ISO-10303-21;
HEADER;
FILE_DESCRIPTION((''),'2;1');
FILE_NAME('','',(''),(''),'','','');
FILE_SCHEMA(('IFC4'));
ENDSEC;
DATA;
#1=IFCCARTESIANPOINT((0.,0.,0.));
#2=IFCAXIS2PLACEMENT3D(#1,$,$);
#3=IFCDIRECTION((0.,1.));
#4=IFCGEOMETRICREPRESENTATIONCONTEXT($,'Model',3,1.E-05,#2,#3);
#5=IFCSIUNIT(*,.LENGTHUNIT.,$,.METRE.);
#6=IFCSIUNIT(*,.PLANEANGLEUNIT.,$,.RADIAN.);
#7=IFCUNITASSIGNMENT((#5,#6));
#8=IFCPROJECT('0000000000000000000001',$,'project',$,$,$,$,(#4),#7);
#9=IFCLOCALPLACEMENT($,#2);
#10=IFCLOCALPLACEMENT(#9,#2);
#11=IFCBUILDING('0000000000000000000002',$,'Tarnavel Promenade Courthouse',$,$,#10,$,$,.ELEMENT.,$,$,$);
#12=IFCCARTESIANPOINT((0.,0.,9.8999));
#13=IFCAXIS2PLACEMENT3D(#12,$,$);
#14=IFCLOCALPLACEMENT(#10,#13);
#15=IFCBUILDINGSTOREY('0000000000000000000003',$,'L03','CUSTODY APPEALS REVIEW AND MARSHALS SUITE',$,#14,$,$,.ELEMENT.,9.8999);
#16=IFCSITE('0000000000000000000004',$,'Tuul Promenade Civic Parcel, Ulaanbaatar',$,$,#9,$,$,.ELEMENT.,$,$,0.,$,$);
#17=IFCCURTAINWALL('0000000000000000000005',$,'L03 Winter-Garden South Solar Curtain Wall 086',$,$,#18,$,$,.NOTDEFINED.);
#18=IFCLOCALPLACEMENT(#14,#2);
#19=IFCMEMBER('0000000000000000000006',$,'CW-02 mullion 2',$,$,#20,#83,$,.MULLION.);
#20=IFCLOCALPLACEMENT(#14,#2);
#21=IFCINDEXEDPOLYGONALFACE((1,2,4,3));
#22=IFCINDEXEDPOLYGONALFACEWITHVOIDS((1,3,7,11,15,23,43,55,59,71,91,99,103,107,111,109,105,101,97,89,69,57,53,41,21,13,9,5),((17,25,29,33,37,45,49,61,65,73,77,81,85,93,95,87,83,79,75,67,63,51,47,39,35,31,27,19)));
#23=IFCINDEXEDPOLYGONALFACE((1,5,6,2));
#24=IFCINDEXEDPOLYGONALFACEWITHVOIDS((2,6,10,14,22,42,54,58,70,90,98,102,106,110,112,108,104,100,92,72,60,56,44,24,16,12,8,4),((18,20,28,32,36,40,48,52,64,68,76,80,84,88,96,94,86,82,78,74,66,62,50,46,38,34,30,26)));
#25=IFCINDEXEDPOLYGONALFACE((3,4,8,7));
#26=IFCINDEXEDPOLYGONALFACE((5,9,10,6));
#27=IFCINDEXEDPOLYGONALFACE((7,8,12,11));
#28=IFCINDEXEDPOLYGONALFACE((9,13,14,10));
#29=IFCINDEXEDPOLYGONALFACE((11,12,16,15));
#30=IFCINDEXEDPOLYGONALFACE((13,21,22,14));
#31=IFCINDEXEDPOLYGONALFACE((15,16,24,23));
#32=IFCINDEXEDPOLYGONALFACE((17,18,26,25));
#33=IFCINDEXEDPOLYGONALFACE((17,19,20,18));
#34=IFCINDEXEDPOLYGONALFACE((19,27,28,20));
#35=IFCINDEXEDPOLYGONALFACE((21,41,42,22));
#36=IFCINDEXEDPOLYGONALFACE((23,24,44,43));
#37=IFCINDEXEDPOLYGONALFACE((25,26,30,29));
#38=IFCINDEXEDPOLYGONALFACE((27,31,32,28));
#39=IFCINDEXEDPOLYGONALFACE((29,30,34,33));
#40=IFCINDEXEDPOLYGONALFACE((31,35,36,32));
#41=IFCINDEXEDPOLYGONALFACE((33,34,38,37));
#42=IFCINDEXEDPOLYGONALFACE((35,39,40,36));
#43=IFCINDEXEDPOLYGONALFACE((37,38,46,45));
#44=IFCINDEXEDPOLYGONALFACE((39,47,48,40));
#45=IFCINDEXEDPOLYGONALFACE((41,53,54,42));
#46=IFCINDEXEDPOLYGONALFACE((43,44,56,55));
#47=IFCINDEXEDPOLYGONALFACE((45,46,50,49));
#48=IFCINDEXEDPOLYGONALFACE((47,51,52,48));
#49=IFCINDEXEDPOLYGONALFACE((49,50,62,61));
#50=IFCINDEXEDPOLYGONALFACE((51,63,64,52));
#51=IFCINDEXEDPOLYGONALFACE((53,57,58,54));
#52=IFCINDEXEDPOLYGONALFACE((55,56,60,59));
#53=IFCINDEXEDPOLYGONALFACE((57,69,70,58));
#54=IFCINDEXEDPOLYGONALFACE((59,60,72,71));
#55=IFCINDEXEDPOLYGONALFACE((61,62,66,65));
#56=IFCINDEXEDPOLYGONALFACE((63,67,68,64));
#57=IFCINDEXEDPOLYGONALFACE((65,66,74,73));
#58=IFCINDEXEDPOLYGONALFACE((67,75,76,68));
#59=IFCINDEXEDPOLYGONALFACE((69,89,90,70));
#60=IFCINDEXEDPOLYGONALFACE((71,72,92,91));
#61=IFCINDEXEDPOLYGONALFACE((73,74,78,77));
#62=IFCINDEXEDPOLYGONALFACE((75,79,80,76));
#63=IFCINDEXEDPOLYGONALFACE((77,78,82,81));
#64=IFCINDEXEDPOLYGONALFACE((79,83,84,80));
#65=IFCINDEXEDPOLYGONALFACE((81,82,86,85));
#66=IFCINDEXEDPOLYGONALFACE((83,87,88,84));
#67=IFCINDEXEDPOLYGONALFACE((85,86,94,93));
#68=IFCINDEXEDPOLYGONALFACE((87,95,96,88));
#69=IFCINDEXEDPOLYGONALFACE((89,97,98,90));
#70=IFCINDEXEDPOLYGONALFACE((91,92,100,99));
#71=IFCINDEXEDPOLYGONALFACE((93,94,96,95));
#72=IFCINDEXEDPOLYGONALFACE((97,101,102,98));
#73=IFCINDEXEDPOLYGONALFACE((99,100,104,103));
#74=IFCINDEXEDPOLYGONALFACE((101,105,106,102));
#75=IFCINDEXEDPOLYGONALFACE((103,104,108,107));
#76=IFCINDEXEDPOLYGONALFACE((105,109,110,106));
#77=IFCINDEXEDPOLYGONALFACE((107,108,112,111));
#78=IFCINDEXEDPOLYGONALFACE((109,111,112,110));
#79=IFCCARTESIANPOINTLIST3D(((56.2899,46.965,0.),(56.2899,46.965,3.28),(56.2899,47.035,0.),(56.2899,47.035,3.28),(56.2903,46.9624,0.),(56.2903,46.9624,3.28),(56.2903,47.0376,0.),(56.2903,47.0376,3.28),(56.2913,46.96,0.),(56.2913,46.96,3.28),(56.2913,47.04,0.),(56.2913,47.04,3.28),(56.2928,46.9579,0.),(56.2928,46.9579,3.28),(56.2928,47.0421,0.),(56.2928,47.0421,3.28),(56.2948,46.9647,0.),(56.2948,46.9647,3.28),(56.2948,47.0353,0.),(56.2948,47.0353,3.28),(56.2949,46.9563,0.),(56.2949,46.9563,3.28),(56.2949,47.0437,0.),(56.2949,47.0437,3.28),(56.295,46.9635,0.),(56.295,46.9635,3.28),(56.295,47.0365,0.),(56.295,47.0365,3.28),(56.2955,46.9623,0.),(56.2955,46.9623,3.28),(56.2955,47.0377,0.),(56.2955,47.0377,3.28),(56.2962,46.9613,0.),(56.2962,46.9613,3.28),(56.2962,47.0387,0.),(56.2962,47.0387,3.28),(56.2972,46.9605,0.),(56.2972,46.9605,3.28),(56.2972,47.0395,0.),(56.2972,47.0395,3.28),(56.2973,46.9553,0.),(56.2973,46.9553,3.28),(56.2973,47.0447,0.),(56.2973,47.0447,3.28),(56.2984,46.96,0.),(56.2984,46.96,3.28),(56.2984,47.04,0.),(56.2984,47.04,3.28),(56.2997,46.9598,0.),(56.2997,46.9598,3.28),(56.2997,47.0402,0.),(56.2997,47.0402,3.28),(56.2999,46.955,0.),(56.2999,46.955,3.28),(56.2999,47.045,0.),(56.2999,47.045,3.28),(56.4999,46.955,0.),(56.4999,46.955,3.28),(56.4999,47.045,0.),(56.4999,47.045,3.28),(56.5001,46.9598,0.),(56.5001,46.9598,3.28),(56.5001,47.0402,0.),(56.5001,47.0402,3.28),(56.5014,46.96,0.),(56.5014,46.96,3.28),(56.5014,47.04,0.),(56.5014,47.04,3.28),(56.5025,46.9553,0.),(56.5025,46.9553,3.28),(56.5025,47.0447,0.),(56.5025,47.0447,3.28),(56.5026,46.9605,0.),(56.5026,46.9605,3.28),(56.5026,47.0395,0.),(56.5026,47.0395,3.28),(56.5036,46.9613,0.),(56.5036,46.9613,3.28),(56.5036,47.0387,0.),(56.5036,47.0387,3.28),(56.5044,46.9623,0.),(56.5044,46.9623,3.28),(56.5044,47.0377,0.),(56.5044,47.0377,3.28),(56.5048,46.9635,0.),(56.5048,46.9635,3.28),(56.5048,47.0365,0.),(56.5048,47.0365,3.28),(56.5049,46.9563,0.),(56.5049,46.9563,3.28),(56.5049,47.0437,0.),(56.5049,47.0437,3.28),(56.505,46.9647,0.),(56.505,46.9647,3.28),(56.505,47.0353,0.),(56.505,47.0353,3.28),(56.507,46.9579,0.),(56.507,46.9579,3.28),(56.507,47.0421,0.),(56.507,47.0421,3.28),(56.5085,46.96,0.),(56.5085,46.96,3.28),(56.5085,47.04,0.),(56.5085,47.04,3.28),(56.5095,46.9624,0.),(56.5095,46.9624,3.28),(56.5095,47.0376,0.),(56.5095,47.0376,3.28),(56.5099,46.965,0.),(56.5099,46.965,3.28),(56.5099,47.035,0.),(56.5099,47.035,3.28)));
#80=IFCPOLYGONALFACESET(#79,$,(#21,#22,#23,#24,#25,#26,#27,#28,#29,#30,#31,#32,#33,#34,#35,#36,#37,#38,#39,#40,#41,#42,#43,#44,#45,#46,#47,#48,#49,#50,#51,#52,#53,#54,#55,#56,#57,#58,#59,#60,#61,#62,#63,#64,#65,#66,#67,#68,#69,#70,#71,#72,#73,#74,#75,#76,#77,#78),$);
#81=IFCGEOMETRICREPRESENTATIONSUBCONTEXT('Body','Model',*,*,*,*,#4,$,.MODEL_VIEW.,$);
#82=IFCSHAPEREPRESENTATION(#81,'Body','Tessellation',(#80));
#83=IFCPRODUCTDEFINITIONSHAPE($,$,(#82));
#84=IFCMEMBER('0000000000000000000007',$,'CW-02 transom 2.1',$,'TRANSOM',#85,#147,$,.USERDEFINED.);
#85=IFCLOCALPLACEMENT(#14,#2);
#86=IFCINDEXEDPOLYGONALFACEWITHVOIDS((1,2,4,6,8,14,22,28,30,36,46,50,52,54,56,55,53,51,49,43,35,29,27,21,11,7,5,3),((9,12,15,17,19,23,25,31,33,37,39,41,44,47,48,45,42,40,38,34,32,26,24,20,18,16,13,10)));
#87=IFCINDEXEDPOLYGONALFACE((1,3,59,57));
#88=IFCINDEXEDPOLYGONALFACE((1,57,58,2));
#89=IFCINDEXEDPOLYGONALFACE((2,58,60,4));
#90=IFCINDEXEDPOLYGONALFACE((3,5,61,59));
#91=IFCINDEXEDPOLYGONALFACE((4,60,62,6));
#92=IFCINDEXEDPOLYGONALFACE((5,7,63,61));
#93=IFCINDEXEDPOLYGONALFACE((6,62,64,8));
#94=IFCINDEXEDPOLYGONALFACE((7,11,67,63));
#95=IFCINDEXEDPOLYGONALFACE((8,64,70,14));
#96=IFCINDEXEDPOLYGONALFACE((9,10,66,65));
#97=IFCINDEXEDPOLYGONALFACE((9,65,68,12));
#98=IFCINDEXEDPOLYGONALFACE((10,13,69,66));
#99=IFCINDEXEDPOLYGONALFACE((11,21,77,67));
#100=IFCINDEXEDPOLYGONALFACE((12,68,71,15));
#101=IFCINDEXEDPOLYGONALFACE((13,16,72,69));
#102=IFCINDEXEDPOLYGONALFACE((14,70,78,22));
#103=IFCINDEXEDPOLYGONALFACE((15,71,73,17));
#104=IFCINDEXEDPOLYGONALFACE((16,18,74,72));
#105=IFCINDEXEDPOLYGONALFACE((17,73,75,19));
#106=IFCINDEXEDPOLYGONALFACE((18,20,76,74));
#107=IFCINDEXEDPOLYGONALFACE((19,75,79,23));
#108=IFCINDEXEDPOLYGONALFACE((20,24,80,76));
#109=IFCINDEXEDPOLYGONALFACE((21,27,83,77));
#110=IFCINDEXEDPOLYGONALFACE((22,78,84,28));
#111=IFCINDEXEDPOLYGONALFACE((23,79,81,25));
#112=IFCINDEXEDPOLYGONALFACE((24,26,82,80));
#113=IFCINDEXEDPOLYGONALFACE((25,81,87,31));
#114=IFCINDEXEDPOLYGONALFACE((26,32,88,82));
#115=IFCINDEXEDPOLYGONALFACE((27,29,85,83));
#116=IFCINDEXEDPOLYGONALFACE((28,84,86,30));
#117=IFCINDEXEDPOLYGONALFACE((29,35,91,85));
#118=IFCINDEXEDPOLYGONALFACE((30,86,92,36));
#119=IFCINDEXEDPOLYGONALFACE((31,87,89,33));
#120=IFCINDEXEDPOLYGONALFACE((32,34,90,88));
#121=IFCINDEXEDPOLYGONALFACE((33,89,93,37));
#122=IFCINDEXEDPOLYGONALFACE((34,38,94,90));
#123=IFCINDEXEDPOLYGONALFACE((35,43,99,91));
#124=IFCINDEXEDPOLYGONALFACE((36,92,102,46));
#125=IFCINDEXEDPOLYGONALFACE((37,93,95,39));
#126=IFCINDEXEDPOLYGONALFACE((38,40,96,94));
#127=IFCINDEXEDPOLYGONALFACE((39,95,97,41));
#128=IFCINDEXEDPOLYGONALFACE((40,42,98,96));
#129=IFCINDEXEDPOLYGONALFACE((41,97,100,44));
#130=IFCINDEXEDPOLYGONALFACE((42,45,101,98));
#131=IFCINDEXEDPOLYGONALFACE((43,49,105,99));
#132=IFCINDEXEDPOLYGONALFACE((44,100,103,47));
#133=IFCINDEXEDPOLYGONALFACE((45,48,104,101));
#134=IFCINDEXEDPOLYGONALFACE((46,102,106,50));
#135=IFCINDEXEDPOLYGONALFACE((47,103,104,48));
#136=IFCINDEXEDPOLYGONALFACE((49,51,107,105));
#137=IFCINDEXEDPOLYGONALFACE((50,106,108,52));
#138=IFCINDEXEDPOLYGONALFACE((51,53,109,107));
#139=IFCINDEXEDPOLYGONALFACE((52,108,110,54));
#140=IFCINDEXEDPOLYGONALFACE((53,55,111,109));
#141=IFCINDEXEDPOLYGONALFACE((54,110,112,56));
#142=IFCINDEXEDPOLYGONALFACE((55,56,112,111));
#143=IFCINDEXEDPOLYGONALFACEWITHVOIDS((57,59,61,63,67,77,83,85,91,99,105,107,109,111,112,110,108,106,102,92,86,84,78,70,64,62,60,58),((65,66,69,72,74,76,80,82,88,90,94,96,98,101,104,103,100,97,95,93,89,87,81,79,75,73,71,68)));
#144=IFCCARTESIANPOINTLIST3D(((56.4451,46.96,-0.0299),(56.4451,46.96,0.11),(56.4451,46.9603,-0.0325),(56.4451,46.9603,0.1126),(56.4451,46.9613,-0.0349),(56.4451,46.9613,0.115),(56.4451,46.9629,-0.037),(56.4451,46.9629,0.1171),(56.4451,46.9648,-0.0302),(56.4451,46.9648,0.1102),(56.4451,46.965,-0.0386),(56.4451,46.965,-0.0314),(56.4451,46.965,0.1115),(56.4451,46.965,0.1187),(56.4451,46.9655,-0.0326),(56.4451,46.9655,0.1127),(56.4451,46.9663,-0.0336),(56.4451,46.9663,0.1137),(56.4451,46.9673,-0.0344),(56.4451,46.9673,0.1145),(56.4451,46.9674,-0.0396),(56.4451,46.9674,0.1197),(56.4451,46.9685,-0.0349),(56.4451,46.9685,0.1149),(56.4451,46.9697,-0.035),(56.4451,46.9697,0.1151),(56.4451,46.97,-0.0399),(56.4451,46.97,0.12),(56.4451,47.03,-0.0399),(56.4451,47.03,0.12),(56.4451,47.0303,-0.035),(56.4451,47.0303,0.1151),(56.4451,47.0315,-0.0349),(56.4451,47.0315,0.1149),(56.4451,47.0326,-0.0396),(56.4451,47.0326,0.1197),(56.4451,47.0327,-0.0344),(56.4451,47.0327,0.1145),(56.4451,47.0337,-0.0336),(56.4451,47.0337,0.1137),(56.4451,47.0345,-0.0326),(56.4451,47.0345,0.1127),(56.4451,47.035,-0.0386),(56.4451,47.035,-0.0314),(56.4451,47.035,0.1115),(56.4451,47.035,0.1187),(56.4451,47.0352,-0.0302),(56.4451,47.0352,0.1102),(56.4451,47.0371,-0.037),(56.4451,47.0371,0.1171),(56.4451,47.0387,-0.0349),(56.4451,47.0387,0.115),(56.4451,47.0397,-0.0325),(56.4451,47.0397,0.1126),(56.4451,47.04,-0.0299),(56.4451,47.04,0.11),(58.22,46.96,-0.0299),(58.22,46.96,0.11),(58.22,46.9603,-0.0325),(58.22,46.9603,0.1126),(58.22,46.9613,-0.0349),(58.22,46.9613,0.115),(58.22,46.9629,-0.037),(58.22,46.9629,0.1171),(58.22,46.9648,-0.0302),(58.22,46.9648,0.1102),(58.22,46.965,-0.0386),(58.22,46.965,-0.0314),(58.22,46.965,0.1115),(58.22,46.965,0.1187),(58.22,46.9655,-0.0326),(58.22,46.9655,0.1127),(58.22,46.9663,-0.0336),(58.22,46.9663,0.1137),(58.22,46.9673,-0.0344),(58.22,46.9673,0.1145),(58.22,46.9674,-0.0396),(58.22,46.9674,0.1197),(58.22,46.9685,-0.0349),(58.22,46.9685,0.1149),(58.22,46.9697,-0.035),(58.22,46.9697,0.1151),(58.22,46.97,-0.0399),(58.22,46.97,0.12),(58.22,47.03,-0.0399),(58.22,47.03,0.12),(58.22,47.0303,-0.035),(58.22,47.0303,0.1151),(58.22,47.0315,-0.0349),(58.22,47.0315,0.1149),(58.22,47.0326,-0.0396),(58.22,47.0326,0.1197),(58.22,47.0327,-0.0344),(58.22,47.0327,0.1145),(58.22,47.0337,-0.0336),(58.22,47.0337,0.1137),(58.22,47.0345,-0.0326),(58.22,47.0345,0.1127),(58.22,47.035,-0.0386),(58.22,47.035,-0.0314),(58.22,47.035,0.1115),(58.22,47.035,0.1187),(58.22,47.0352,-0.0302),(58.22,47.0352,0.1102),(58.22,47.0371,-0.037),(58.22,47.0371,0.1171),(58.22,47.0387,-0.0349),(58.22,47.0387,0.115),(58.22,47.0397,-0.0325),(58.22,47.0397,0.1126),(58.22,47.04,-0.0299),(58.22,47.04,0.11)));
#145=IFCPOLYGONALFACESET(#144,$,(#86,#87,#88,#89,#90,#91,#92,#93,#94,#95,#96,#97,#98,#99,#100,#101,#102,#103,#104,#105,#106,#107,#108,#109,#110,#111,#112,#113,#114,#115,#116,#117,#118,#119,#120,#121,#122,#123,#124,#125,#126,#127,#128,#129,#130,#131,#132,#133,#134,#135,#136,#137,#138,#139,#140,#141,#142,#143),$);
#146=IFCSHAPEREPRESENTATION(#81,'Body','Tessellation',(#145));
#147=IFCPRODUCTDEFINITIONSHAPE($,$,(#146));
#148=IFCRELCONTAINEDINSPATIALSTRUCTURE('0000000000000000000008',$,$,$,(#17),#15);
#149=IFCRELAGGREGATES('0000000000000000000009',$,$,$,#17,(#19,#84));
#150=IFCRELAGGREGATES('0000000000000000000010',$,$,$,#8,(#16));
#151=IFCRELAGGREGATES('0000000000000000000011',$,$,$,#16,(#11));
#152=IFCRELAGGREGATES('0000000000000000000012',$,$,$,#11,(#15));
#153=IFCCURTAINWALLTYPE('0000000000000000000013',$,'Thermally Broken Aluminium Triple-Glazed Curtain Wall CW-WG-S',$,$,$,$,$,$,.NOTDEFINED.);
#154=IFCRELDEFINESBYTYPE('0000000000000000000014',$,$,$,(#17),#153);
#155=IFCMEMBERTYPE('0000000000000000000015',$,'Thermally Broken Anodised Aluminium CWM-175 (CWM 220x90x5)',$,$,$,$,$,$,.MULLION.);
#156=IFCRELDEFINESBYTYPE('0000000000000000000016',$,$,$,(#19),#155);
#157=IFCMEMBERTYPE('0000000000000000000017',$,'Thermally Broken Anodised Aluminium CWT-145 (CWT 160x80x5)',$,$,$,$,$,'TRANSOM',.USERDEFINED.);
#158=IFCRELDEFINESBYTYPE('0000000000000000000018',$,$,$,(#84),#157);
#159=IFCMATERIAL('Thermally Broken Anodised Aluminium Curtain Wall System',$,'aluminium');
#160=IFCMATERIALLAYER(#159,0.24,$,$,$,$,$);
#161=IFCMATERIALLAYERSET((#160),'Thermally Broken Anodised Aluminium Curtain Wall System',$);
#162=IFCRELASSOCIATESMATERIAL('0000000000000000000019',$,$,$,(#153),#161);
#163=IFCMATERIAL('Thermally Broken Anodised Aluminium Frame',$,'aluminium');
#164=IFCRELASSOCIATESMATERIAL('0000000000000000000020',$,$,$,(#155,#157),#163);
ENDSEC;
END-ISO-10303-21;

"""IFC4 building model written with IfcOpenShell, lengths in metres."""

from ifc_helpers import new_model, si_unit, direction, frame, origin, origin_2d, place, context, subcontext, project, spatial, hollow_rectangle, extrude, material, layer, layer_set, material_profile, profile_set, type_object, element, aggregate, save


model = new_model("IFC4")

# Units and contexts
model_context = context("Model", 3, precision=1e-05, world=origin(), true_north=direction((0.0, 1.0)))
body_context = subcontext(model_context, "Body", "Model", "MODEL_VIEW")
ifc_project = project(units=[si_unit("LENGTHUNIT", "METRE"), si_unit("PLANEANGLEUNIT", "RADIAN")], contexts=[model_context])

# Site, building, storey
site_placement = place(None, origin())
site = spatial("IfcSite", under=ifc_project, at=site_placement, Name="Tuul Promenade Civic Parcel, Ulaanbaatar", CompositionType="ELEMENT", RefElevation=0.0)
building_placement = place(site_placement, origin())
building = spatial("IfcBuilding", under=site, at=building_placement, Name="Tarnavel Promenade Courthouse", CompositionType="ELEMENT")
storey_placement = place(building_placement, frame((0.0, 0.0, 9.8999)))
storey = spatial("IfcBuildingStorey", under=building, at=storey_placement, Name="L03", Description="CUSTODY APPEALS REVIEW AND MARSHALS SUITE", CompositionType="ELEMENT", Elevation=9.8999)

# Curtain wall, members
ifc_material_1 = material(Name="Thermally Broken Anodised Aluminium Curtain Wall System", Category="aluminium")
ifc_layer_1 = layer(ifc_material_1, 0.24)
ifc_layer_set_1 = layer_set([ifc_layer_1], Name="Thermally Broken Anodised Aluminium Curtain Wall System")
curtain_wall_type = type_object("IfcCurtainWallType", Name="Thermally Broken Aluminium Triple-Glazed Curtain Wall CW-WG-S", PredefinedType="NOTDEFINED", material=ifc_layer_set_1)
curtain_wall_placement = place(storey_placement, origin())
curtain_wall = element("IfcCurtainWall", 1, at=curtain_wall_placement, inside=storey, type_object=curtain_wall_type, Name="L03 Winter-Garden South Solar Curtain Wall 086", PredefinedType="NOTDEFINED")
ifc_material_2 = material(Name="Thermally Broken Anodised Aluminium Frame", Category="aluminium")
ifc_material_profile_1 = material_profile(ifc_material_2, hollow_rectangle(XDim=0.0901, YDim=0.22, WallThickness=0.0049, InnerFilletRadius=0.0049, OuterFilletRadius=0.01, at=origin_2d()), Name="CWM 220x90x5")
ifc_profile_set_1 = profile_set([ifc_material_profile_1], Name="Thermally Broken Anodised Aluminium Frame")
member_type_1 = type_object("IfcMemberType", Name="Thermally Broken Anodised Aluminium CWM-175 (CWM 220x90x5)", PredefinedType="MULLION", material=ifc_profile_set_1)
member_1_placement = place(storey_placement, frame((56.3999, 47.0, 0.0), z_axis=(0.0, 0.0, 1.0), x_axis=(0.0, 1.0, 0.0)))
member_1 = element("IfcMember", 2, at=member_1_placement, type_object=member_type_1, Name="CW-02 mullion 2", PredefinedType="MULLION", context=body_context, shape_type="SweptSolid", body=[
    extrude(hollow_rectangle(XDim=0.0901, YDim=0.22, WallThickness=0.0049, InnerFilletRadius=0.0049, OuterFilletRadius=0.01, at=origin_2d()), origin(), (0.0, 0.0, 1.0), 3.28),
])
ifc_material_profile_2 = material_profile(ifc_material_2, hollow_rectangle(XDim=0.0801, YDim=0.1599, WallThickness=0.0049, InnerFilletRadius=0.0049, OuterFilletRadius=0.01, at=origin_2d()), Name="CWT 160x80x5")
ifc_profile_set_2 = profile_set([ifc_material_profile_2], Name="Thermally Broken Anodised Aluminium Frame")
member_type_2 = type_object("IfcMemberType", Name="Thermally Broken Anodised Aluminium CWT-145 (CWT 160x80x5)", ElementType="TRANSOM", PredefinedType="USERDEFINED", material=ifc_profile_set_2)
member_2_placement = place(storey_placement, frame((56.4451, 47.0, 0.04), z_axis=(1.0, 0.0, 0.0), x_axis=(0.0, 1.0, 0.0)))
member_2 = element("IfcMember", 3, at=member_2_placement, type_object=member_type_2, Name="CW-02 transom 2.1", ObjectType="TRANSOM", PredefinedType="USERDEFINED", context=body_context, shape_type="SweptSolid", body=[
    extrude(hollow_rectangle(XDim=0.0801, YDim=0.1599, WallThickness=0.0049, InnerFilletRadius=0.0049, OuterFilletRadius=0.01, at=origin_2d()), origin(), (0.0, 0.0, 1.0), 1.7749),
])
aggregate(curtain_wall, [member_1, member_2])

save(model, "model.ifc")
